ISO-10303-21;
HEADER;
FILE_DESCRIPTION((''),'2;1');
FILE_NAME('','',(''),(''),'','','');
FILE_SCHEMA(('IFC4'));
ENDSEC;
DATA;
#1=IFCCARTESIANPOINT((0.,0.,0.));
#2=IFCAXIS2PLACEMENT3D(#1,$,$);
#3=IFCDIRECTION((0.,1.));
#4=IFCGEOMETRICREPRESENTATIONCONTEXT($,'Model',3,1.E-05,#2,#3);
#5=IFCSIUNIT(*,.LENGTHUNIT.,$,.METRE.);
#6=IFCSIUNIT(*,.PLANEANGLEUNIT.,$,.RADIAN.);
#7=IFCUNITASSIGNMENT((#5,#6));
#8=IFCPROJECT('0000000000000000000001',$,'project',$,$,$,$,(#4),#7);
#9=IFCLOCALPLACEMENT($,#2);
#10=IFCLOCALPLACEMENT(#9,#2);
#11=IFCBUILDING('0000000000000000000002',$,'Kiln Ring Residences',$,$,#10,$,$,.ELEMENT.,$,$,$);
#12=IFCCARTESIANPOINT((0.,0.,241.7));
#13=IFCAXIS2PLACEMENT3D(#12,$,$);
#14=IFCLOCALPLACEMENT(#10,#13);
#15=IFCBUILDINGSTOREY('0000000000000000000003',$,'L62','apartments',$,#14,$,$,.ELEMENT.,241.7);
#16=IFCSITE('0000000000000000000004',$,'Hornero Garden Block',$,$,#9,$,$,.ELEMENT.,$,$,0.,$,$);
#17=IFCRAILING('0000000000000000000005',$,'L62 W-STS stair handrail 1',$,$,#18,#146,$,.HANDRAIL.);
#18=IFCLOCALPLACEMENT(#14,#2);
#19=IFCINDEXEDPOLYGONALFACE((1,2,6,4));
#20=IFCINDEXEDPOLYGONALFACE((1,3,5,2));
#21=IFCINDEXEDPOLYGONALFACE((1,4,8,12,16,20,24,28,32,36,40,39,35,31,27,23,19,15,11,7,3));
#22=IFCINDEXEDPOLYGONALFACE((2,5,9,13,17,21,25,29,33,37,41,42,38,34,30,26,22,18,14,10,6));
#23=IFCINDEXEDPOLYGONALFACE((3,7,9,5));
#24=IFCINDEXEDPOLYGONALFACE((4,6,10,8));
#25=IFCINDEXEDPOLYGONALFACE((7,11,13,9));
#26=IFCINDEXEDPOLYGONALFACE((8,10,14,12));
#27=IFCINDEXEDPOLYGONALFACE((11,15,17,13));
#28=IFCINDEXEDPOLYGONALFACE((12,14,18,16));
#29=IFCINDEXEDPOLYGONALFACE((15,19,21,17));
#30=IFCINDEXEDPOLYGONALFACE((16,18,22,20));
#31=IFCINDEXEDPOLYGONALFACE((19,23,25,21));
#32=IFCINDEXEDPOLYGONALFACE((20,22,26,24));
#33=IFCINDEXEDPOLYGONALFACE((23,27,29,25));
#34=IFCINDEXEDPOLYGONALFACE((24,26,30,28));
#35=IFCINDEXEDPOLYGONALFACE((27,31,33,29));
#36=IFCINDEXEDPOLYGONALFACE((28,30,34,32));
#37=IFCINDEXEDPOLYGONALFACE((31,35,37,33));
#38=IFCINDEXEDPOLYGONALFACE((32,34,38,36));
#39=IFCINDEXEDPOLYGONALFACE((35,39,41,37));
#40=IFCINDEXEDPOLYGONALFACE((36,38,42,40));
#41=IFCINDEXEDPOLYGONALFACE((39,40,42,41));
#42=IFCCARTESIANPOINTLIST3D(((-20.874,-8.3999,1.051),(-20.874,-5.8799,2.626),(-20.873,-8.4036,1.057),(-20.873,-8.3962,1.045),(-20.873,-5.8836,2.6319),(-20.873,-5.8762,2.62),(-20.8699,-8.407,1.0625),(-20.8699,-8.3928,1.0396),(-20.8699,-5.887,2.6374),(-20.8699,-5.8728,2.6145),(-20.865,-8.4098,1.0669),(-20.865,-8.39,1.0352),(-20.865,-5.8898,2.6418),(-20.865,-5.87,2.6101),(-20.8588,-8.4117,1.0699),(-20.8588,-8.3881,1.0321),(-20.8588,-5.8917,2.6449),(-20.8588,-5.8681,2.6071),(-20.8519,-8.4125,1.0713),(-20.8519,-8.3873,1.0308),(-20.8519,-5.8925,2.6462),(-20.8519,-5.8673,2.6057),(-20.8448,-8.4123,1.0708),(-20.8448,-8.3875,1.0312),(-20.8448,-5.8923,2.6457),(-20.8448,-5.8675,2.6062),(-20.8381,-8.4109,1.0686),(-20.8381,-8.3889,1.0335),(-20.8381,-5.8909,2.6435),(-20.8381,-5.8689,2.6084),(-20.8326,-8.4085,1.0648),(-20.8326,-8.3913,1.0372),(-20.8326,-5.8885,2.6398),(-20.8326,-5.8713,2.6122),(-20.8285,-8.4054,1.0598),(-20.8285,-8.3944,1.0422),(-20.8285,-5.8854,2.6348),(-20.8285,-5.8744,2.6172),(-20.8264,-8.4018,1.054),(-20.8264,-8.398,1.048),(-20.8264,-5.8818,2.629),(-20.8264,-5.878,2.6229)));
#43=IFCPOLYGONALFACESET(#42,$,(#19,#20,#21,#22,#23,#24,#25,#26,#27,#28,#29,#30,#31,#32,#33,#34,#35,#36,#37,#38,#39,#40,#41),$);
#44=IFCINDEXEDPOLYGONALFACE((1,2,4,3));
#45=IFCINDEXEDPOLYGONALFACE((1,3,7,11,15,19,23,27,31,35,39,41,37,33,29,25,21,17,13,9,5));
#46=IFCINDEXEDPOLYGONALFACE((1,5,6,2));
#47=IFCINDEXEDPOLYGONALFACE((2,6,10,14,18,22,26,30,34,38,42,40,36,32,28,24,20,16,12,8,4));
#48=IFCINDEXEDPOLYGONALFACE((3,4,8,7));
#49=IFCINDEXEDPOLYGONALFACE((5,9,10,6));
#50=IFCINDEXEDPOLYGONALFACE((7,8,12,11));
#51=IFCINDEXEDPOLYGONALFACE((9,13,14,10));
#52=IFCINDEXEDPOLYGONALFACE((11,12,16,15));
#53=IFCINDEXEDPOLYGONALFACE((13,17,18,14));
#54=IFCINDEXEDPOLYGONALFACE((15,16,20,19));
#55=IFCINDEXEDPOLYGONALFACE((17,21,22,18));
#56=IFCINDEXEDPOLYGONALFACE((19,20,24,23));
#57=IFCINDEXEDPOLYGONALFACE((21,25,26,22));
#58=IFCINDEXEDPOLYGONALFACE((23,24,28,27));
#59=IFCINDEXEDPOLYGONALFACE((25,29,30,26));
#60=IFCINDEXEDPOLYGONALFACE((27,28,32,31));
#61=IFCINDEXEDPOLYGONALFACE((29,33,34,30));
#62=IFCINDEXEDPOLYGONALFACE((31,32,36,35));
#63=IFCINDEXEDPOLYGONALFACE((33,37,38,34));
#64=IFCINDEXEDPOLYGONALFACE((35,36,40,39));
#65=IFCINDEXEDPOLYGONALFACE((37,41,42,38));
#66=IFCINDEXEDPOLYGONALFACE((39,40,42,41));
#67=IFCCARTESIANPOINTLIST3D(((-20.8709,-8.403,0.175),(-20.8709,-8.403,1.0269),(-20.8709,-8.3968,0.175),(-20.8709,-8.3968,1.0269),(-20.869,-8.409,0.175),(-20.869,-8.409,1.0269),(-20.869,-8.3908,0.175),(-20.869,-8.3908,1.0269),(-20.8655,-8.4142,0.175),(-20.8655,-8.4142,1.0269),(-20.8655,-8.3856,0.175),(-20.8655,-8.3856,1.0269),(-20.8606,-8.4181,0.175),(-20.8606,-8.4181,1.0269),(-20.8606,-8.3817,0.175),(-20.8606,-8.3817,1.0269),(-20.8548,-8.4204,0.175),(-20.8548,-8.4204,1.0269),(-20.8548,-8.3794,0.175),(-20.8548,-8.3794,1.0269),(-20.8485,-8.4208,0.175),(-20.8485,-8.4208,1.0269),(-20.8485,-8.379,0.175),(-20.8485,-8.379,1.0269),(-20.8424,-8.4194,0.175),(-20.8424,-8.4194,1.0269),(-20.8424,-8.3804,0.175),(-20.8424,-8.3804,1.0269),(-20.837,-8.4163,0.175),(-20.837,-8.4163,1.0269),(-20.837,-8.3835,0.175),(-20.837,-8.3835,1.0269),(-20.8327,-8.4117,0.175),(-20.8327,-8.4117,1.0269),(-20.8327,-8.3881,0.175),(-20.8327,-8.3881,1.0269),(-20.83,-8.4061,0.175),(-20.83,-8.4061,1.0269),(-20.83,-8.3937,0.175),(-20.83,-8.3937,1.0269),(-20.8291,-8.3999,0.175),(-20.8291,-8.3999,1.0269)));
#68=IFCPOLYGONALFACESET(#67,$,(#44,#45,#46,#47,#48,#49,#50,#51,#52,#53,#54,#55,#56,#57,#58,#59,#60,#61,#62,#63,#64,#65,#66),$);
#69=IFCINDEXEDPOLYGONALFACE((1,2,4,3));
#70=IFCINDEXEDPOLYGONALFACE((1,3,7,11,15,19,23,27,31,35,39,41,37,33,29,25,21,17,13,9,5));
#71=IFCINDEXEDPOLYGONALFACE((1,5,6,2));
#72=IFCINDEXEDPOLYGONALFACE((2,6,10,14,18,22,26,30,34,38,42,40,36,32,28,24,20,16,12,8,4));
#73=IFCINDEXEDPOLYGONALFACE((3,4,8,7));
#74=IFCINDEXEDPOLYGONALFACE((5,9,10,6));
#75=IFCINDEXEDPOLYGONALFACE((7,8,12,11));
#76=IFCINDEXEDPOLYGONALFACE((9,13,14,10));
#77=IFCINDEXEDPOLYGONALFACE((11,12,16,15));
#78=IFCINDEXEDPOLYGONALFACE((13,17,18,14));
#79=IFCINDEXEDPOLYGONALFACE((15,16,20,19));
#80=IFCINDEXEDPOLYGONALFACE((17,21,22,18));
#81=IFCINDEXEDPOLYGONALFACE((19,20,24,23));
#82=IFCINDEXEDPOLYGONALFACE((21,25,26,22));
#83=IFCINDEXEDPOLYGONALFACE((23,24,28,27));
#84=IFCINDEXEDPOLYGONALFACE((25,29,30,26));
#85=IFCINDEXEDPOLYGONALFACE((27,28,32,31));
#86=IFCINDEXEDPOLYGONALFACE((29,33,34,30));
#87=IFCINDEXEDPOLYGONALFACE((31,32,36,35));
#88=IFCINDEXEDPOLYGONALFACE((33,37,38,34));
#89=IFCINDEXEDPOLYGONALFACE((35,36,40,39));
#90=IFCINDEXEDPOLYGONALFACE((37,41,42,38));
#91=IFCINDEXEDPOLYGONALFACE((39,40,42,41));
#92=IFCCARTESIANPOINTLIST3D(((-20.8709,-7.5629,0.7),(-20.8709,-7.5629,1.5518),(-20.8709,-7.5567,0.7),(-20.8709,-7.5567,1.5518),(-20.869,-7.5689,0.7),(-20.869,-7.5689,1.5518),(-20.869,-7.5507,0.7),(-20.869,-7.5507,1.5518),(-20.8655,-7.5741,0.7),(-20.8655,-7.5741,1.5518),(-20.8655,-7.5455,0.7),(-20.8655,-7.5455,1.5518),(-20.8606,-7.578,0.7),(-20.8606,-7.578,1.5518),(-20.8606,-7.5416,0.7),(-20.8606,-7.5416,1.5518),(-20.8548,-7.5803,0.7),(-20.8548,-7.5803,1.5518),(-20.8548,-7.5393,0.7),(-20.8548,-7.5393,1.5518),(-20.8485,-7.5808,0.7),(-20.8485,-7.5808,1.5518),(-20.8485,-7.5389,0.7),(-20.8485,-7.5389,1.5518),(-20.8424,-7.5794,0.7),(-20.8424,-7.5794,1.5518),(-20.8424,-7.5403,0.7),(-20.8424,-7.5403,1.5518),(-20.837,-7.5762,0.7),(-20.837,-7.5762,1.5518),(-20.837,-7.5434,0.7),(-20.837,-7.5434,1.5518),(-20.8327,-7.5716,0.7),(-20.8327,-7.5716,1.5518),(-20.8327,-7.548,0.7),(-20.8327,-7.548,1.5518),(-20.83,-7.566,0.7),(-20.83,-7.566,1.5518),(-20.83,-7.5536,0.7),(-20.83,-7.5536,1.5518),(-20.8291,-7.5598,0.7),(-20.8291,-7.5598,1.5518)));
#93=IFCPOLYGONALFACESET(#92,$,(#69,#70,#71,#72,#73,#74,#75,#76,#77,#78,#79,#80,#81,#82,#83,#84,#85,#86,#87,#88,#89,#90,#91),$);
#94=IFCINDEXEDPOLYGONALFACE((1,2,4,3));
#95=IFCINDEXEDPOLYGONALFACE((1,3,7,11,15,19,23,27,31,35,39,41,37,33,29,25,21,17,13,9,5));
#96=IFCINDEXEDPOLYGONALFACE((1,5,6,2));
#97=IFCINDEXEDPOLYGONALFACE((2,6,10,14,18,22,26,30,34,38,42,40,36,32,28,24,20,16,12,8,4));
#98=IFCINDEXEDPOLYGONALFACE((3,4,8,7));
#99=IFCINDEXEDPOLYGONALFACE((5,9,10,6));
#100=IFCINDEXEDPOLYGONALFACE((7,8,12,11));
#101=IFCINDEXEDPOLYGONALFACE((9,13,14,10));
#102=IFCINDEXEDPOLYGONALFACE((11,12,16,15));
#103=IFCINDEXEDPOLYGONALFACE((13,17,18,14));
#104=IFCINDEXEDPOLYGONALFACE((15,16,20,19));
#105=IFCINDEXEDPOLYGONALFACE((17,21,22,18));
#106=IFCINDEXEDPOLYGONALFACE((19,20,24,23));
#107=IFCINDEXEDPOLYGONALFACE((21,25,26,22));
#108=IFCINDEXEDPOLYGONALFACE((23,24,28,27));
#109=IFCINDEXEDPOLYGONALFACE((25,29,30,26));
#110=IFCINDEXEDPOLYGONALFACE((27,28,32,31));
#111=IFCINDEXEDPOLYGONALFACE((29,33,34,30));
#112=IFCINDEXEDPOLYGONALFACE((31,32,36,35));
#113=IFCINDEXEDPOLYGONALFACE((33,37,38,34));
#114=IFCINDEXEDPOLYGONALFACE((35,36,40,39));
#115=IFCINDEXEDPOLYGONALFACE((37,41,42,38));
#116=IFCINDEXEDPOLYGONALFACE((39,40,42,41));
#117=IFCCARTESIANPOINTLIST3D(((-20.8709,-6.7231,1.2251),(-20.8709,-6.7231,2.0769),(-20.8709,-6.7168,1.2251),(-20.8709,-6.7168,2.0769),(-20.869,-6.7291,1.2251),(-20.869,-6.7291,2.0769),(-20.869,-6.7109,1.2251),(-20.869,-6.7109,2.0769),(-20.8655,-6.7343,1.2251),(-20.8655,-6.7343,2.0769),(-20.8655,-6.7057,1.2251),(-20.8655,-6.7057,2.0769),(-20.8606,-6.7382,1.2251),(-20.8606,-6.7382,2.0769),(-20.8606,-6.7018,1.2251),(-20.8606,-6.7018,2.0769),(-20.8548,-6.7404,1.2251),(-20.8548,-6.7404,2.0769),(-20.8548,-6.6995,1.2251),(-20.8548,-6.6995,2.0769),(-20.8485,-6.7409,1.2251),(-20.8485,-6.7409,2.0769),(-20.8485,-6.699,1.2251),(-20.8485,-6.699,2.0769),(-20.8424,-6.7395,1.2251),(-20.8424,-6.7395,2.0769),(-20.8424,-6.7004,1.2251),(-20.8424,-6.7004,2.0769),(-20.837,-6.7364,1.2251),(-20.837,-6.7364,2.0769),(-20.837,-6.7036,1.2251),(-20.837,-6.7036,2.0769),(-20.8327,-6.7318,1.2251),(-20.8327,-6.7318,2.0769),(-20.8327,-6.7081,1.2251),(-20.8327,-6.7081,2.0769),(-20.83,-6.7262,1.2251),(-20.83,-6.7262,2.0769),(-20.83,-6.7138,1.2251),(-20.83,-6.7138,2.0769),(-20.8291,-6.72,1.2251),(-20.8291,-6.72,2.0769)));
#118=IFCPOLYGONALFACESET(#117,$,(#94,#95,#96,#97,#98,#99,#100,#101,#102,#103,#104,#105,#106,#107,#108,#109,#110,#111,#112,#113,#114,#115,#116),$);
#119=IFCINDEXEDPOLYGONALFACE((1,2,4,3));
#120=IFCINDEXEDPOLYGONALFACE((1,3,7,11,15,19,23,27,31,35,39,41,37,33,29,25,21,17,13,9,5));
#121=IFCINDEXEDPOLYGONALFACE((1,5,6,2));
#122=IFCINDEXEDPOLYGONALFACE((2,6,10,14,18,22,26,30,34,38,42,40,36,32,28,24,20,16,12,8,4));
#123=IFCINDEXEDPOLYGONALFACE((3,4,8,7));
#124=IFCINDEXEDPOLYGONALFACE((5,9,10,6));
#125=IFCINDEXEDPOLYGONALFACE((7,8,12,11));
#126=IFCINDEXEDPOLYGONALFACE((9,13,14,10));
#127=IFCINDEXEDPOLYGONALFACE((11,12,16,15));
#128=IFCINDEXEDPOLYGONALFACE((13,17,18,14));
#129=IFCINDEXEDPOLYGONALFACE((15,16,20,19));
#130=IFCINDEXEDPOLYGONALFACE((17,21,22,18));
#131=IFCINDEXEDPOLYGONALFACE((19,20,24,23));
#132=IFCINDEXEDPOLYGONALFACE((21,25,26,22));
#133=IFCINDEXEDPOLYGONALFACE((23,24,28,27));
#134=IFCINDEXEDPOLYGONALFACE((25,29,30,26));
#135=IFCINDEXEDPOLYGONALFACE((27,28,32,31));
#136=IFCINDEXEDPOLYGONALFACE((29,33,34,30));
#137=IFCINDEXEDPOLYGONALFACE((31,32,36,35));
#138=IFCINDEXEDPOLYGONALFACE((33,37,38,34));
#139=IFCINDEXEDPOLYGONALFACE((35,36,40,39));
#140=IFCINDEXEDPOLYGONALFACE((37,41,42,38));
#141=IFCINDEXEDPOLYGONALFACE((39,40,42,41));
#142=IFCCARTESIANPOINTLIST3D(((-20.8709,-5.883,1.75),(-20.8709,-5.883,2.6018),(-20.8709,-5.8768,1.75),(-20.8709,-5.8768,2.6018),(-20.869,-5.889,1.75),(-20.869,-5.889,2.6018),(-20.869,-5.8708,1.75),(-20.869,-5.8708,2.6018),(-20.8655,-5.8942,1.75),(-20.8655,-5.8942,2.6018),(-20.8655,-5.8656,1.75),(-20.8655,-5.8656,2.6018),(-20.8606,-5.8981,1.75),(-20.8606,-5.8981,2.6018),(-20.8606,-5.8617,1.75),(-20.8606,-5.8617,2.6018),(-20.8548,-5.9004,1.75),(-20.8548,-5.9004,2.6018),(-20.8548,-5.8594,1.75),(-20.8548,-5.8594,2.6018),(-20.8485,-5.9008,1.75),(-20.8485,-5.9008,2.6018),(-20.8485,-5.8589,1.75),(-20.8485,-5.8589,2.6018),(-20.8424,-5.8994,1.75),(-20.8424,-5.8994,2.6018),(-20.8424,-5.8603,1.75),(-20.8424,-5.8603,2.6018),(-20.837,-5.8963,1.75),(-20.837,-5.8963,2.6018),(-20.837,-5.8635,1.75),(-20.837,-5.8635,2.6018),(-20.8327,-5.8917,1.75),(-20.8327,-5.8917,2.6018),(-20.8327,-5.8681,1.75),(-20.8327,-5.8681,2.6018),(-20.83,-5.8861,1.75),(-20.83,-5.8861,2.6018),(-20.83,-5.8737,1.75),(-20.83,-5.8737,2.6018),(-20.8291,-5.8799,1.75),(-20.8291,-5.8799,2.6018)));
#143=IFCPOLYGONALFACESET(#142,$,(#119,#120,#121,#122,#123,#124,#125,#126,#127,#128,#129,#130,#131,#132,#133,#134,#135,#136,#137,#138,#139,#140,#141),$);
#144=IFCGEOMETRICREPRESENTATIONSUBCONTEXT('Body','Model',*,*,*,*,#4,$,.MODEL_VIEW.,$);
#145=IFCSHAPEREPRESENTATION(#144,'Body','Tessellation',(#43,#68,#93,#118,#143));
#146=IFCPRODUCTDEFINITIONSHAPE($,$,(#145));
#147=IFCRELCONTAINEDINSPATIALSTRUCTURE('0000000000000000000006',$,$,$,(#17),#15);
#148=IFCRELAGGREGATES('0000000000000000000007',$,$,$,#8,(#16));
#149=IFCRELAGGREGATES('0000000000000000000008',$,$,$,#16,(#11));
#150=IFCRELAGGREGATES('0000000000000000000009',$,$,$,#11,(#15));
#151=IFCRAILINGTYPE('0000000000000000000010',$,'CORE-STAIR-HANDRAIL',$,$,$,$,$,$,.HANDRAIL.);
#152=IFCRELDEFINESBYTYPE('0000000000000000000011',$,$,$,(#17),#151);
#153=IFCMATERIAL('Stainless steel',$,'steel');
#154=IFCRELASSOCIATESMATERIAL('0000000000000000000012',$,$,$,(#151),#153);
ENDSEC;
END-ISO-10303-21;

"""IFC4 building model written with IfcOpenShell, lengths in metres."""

from ifc_helpers import new_model, si_unit, direction, frame, origin, origin_2d, place, context, subcontext, project, spatial, circle, extrude, material, type_object, element, save


model = new_model("IFC4")

# Units and contexts
model_context = context("Model", 3, precision=1e-05, world=origin(), true_north=direction((0.0, 1.0)))
body_context = subcontext(model_context, "Body", "Model", "MODEL_VIEW")
ifc_project = project(units=[si_unit("LENGTHUNIT", "METRE"), si_unit("PLANEANGLEUNIT", "RADIAN")], contexts=[model_context])

# Site, building, storey
site_placement = place(None, origin())
site = spatial("IfcSite", under=ifc_project, at=site_placement, Name="Hornero Garden Block", CompositionType="ELEMENT", RefElevation=0.0)
building_placement = place(site_placement, origin())
building = spatial("IfcBuilding", under=site, at=building_placement, Name="Kiln Ring Residences", CompositionType="ELEMENT")
storey_placement = place(building_placement, frame((0.0, 0.0, 241.7)))
storey = spatial("IfcBuildingStorey", under=building, at=storey_placement, Name="L62", Description="apartments", CompositionType="ELEMENT", Elevation=241.7)

# Railing
ifc_material_1 = material(Name="Stainless steel", Category="steel")
railing_type_1 = type_object("IfcRailingType", Name="CORE-STAIR-HANDRAIL", PredefinedType="HANDRAIL", material=ifc_material_1)
railing_1_placement = place(storey_placement, frame((-20.8501, -8.3999, 0.175)))
element("IfcRailing", 1, at=railing_1_placement, inside=storey, type_object=railing_type_1, Name="L62 W-STS stair handrail 1", PredefinedType="HANDRAIL", context=body_context, shape_type="SweptSolid", body=[
    extrude(circle(Radius=0.0239, at=origin_2d()), frame((0.0, 0.0, 0.876), z_axis=(0.0, 0.848008, 0.529984), x_axis=(-1.0, 0.0, 0.0)), (0.0, 0.0, 1.0), 2.9717),
    extrude(circle(Radius=0.021, at=origin_2d()), origin(), (0.0, 0.0, 1.0), 0.8518),
    extrude(circle(Radius=0.021, at=origin_2d()), frame((0.0, 0.8401, 0.5249)), (0.0, 0.0, 1.0), 0.8518),
    extrude(circle(Radius=0.021, at=origin_2d()), frame((0.0, 1.6799, 1.05)), (0.0, 0.0, 1.0), 0.8518),
    extrude(circle(Radius=0.021, at=origin_2d()), frame((0.0, 2.52, 1.575)), (0.0, 0.0, 1.0), 0.8518),
])

save(model, "model.ifc")
